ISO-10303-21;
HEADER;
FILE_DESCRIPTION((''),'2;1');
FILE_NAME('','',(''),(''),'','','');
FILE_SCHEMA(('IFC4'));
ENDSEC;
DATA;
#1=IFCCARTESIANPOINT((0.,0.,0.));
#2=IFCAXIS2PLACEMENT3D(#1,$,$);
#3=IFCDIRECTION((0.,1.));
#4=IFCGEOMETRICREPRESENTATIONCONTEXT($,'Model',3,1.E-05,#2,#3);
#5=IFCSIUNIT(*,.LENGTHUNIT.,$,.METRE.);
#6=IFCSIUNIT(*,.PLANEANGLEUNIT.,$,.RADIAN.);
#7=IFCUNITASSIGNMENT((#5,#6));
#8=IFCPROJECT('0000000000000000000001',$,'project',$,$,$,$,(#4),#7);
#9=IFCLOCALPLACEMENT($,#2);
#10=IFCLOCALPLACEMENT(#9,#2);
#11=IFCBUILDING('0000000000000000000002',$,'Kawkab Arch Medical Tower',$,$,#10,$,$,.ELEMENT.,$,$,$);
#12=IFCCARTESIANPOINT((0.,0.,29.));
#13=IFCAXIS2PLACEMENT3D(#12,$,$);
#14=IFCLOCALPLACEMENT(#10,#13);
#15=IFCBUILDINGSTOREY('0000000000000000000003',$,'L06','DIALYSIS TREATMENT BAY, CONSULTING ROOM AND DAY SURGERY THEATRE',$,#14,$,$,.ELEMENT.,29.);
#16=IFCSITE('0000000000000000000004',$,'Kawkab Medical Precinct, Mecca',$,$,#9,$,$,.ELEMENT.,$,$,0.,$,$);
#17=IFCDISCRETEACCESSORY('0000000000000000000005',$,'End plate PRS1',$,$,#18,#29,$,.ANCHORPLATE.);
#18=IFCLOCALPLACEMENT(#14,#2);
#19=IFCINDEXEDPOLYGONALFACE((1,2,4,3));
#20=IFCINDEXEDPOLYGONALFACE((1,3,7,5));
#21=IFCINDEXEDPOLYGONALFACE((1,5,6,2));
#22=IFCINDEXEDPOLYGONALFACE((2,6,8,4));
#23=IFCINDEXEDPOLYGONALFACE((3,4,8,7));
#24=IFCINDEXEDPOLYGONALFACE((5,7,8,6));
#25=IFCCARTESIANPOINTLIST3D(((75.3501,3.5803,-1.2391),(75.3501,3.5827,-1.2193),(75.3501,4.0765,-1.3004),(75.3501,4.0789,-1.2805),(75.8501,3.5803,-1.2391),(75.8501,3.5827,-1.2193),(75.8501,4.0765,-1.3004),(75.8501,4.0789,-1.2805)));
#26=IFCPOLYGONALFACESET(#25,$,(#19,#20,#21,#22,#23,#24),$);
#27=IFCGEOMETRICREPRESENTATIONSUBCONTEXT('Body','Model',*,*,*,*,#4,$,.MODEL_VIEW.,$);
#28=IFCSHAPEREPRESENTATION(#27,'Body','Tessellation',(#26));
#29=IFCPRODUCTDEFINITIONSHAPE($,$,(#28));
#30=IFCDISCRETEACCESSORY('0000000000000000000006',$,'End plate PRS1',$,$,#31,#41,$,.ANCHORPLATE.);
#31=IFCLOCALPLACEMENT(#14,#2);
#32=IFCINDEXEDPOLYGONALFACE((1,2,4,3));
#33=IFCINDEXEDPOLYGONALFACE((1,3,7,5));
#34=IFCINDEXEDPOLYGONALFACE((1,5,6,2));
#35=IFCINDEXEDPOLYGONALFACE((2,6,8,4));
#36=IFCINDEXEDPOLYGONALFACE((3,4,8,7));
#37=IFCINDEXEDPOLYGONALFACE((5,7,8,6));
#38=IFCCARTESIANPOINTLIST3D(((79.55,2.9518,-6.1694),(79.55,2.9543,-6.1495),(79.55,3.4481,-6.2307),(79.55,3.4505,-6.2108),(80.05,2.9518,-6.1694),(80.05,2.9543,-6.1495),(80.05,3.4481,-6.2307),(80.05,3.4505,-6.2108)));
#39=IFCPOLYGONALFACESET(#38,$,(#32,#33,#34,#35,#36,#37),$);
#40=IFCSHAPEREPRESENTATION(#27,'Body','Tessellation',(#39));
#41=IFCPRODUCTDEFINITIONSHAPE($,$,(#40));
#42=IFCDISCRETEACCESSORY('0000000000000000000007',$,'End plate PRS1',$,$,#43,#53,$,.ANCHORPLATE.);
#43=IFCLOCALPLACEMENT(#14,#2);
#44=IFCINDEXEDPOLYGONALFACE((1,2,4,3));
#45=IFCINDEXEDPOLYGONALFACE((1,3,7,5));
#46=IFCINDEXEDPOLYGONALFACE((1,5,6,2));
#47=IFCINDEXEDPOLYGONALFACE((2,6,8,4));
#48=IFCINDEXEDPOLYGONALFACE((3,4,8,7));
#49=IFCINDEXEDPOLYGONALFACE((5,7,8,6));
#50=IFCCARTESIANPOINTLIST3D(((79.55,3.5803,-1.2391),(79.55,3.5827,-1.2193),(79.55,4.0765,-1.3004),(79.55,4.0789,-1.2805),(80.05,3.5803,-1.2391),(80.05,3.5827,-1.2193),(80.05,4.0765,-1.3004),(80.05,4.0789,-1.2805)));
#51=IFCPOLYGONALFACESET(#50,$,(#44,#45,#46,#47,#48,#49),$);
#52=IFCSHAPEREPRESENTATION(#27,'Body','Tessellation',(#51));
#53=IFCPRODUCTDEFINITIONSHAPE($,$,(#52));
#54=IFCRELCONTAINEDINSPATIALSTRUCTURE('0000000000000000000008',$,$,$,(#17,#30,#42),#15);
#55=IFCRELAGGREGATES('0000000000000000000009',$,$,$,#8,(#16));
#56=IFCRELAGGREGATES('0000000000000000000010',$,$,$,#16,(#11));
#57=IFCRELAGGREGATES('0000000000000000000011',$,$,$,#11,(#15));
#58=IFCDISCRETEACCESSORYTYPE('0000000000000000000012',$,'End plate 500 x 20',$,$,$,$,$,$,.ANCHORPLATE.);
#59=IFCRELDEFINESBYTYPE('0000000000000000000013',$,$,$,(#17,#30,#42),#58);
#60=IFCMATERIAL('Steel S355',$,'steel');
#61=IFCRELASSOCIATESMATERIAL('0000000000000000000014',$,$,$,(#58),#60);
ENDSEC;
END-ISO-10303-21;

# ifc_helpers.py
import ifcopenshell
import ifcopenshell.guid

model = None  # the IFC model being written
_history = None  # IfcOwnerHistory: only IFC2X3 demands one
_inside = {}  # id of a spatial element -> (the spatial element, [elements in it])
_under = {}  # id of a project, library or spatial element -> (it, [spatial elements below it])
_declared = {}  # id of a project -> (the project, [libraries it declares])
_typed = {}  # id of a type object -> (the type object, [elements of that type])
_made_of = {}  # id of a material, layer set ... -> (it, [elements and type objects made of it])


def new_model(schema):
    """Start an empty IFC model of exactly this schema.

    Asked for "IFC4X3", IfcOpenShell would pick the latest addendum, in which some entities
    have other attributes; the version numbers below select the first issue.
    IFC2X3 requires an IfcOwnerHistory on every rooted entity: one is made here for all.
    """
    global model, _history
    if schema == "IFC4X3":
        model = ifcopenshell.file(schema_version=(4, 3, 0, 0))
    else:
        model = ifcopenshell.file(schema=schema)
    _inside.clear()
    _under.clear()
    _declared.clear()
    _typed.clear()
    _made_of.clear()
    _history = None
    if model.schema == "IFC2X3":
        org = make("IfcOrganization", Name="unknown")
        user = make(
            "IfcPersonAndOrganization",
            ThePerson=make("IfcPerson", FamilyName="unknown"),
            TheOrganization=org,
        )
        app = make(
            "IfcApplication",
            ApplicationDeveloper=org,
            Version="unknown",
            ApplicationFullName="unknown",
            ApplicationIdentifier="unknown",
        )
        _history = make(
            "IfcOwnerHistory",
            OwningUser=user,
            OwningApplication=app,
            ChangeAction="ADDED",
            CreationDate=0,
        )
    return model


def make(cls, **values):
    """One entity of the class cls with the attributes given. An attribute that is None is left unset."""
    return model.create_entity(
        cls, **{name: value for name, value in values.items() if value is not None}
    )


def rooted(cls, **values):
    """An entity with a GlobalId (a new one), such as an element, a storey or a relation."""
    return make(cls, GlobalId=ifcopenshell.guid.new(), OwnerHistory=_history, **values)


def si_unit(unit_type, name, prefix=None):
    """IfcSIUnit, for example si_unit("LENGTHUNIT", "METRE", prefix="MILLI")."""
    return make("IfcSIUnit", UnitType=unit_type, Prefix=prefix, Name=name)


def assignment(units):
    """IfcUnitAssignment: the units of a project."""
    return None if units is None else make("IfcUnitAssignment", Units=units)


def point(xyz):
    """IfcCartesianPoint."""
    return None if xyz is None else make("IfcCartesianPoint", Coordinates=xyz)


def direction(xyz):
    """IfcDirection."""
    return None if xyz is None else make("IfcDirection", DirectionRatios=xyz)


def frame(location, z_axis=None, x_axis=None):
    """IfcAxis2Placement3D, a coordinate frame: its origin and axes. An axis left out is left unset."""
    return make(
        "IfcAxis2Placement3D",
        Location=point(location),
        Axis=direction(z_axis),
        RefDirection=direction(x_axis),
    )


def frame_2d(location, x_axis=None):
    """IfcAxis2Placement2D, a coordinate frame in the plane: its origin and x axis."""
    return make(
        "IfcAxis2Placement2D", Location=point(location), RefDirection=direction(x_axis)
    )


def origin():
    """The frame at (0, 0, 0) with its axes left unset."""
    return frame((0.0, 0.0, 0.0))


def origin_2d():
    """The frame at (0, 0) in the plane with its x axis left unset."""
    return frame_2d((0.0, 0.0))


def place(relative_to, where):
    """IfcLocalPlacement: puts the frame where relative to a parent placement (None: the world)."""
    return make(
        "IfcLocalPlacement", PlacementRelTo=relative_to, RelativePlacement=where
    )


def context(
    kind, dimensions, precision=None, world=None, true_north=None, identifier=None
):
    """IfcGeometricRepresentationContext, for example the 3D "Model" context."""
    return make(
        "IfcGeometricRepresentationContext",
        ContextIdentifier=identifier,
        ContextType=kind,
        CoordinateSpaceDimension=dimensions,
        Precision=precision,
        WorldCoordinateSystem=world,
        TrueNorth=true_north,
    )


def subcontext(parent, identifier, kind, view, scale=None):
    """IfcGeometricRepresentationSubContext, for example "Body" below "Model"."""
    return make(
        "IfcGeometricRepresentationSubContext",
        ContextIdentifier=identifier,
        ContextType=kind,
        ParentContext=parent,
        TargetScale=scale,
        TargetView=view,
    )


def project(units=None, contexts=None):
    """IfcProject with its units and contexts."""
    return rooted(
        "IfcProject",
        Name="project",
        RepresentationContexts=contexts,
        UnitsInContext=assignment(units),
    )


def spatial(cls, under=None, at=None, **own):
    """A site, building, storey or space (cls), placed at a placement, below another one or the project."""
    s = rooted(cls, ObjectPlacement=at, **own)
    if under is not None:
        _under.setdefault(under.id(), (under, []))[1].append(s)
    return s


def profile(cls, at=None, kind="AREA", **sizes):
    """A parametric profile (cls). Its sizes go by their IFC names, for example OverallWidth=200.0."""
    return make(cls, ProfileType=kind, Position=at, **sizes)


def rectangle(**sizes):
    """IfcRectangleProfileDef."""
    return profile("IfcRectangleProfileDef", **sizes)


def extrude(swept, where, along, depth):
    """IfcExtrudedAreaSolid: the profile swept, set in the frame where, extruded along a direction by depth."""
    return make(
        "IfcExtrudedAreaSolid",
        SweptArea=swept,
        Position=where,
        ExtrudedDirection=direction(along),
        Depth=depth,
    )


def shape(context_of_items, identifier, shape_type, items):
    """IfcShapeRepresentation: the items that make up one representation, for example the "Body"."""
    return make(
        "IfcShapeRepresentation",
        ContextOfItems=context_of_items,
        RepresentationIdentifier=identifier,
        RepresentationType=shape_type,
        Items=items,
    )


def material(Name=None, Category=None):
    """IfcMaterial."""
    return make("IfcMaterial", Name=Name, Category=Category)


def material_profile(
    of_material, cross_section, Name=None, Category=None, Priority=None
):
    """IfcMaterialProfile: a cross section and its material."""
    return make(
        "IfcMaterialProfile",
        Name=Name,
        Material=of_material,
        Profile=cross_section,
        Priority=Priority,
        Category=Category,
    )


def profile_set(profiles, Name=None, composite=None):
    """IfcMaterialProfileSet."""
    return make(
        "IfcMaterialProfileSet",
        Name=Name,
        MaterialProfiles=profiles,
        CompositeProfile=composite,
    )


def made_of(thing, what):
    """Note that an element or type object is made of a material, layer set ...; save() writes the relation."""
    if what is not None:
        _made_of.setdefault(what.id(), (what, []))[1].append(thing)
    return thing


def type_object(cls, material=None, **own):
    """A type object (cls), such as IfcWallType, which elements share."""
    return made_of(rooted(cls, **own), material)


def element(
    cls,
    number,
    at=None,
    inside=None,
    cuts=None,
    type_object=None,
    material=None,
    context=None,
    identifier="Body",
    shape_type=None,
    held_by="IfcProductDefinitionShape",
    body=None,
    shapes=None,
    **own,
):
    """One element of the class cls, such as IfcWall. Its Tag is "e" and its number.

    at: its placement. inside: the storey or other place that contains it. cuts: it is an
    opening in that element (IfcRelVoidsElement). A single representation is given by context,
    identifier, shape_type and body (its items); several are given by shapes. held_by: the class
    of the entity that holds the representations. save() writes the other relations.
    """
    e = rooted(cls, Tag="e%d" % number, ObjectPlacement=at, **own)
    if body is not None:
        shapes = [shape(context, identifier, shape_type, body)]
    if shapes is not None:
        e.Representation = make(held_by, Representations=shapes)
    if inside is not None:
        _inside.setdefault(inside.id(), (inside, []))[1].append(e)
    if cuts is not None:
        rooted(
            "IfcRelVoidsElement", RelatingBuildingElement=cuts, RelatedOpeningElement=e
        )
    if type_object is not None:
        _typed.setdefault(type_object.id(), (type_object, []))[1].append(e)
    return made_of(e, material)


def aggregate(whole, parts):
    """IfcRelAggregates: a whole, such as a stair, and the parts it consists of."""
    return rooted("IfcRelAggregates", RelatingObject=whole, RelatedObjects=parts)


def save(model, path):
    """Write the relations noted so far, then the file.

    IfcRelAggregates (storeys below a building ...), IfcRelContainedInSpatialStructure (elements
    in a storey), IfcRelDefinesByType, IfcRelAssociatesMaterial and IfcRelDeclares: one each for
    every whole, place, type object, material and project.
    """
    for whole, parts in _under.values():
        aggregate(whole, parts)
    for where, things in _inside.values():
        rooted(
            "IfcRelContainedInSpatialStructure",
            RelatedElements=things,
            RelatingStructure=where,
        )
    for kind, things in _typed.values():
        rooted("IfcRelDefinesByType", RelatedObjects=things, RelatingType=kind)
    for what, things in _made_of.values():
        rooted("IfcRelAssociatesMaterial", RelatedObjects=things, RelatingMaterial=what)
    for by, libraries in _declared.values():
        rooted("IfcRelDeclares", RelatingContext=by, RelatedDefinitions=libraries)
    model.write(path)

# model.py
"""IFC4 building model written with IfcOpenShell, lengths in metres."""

from ifc_helpers import new_model, si_unit, direction, frame, origin, origin_2d, place, context, subcontext, project, spatial, rectangle, extrude, material, material_profile, profile_set, type_object, element, save


model = new_model("IFC4")

# Units and contexts
model_context = context("Model", 3, precision=1e-05, world=origin(), true_north=direction((0.0, 1.0)))
body_context = subcontext(model_context, "Body", "Model", "MODEL_VIEW")
ifc_project = project(units=[si_unit("LENGTHUNIT", "METRE"), si_unit("PLANEANGLEUNIT", "RADIAN")], contexts=[model_context])

# Site, building, storey
site_placement = place(None, origin())
site = spatial("IfcSite", under=ifc_project, at=site_placement, Name="Kawkab Medical Precinct, Mecca", CompositionType="ELEMENT", RefElevation=0.0)
building_placement = place(site_placement, origin())
building = spatial("IfcBuilding", under=site, at=building_placement, Name="Kawkab Arch Medical Tower", CompositionType="ELEMENT")
storey_placement = place(building_placement, frame((0.0, 0.0, 29.0)))
storey = spatial("IfcBuildingStorey", under=building, at=storey_placement, Name="L06", Description="DIALYSIS TREATMENT BAY, CONSULTING ROOM AND DAY SURGERY THEATRE", CompositionType="ELEMENT", Elevation=29.0)

# Discrete accessories
ifc_material_1 = material(Name="Steel S355", Category="steel")
ifc_material_profile_1 = material_profile(ifc_material_1, rectangle(XDim=0.5, YDim=0.5, at=origin_2d()), Name="End plate 500 x 20")
ifc_profile_set_1 = profile_set([ifc_material_profile_1], Name="Steel S355")
discrete_accessory_type = type_object("IfcDiscreteAccessoryType", Name="End plate 500 x 20", PredefinedType="ANCHORPLATE", material=ifc_profile_set_1)
for number, where, z_axis, x_axis, name in (
    (1, (75.6001, 3.8284, -1.2698), (0.0, 0.122527, 0.992465), (-1.0, 0.0, 0.0), "End plate PRS1"),
    (2, (79.8, 3.2024, -6.1802), (0.0, -0.122527, -0.992465), (1.0, 0.0, 0.0), "End plate PRS1"),
    (3, (79.8, 3.8284, -1.2698), (0.0, 0.122527, 0.992465), (-1.0, 0.0, 0.0), "End plate PRS1"),
):
    element("IfcDiscreteAccessory", number, at=place(storey_placement, frame(where, z_axis=z_axis, x_axis=x_axis)), inside=storey, type_object=discrete_accessory_type, Name=name, PredefinedType="ANCHORPLATE", context=body_context, shape_type="SweptSolid", body=[
        extrude(rectangle(XDim=0.5, YDim=0.5, at=origin_2d()), origin(), (0.0, 0.0, 1.0), 0.02),
    ])

save(model, "model.ifc")
